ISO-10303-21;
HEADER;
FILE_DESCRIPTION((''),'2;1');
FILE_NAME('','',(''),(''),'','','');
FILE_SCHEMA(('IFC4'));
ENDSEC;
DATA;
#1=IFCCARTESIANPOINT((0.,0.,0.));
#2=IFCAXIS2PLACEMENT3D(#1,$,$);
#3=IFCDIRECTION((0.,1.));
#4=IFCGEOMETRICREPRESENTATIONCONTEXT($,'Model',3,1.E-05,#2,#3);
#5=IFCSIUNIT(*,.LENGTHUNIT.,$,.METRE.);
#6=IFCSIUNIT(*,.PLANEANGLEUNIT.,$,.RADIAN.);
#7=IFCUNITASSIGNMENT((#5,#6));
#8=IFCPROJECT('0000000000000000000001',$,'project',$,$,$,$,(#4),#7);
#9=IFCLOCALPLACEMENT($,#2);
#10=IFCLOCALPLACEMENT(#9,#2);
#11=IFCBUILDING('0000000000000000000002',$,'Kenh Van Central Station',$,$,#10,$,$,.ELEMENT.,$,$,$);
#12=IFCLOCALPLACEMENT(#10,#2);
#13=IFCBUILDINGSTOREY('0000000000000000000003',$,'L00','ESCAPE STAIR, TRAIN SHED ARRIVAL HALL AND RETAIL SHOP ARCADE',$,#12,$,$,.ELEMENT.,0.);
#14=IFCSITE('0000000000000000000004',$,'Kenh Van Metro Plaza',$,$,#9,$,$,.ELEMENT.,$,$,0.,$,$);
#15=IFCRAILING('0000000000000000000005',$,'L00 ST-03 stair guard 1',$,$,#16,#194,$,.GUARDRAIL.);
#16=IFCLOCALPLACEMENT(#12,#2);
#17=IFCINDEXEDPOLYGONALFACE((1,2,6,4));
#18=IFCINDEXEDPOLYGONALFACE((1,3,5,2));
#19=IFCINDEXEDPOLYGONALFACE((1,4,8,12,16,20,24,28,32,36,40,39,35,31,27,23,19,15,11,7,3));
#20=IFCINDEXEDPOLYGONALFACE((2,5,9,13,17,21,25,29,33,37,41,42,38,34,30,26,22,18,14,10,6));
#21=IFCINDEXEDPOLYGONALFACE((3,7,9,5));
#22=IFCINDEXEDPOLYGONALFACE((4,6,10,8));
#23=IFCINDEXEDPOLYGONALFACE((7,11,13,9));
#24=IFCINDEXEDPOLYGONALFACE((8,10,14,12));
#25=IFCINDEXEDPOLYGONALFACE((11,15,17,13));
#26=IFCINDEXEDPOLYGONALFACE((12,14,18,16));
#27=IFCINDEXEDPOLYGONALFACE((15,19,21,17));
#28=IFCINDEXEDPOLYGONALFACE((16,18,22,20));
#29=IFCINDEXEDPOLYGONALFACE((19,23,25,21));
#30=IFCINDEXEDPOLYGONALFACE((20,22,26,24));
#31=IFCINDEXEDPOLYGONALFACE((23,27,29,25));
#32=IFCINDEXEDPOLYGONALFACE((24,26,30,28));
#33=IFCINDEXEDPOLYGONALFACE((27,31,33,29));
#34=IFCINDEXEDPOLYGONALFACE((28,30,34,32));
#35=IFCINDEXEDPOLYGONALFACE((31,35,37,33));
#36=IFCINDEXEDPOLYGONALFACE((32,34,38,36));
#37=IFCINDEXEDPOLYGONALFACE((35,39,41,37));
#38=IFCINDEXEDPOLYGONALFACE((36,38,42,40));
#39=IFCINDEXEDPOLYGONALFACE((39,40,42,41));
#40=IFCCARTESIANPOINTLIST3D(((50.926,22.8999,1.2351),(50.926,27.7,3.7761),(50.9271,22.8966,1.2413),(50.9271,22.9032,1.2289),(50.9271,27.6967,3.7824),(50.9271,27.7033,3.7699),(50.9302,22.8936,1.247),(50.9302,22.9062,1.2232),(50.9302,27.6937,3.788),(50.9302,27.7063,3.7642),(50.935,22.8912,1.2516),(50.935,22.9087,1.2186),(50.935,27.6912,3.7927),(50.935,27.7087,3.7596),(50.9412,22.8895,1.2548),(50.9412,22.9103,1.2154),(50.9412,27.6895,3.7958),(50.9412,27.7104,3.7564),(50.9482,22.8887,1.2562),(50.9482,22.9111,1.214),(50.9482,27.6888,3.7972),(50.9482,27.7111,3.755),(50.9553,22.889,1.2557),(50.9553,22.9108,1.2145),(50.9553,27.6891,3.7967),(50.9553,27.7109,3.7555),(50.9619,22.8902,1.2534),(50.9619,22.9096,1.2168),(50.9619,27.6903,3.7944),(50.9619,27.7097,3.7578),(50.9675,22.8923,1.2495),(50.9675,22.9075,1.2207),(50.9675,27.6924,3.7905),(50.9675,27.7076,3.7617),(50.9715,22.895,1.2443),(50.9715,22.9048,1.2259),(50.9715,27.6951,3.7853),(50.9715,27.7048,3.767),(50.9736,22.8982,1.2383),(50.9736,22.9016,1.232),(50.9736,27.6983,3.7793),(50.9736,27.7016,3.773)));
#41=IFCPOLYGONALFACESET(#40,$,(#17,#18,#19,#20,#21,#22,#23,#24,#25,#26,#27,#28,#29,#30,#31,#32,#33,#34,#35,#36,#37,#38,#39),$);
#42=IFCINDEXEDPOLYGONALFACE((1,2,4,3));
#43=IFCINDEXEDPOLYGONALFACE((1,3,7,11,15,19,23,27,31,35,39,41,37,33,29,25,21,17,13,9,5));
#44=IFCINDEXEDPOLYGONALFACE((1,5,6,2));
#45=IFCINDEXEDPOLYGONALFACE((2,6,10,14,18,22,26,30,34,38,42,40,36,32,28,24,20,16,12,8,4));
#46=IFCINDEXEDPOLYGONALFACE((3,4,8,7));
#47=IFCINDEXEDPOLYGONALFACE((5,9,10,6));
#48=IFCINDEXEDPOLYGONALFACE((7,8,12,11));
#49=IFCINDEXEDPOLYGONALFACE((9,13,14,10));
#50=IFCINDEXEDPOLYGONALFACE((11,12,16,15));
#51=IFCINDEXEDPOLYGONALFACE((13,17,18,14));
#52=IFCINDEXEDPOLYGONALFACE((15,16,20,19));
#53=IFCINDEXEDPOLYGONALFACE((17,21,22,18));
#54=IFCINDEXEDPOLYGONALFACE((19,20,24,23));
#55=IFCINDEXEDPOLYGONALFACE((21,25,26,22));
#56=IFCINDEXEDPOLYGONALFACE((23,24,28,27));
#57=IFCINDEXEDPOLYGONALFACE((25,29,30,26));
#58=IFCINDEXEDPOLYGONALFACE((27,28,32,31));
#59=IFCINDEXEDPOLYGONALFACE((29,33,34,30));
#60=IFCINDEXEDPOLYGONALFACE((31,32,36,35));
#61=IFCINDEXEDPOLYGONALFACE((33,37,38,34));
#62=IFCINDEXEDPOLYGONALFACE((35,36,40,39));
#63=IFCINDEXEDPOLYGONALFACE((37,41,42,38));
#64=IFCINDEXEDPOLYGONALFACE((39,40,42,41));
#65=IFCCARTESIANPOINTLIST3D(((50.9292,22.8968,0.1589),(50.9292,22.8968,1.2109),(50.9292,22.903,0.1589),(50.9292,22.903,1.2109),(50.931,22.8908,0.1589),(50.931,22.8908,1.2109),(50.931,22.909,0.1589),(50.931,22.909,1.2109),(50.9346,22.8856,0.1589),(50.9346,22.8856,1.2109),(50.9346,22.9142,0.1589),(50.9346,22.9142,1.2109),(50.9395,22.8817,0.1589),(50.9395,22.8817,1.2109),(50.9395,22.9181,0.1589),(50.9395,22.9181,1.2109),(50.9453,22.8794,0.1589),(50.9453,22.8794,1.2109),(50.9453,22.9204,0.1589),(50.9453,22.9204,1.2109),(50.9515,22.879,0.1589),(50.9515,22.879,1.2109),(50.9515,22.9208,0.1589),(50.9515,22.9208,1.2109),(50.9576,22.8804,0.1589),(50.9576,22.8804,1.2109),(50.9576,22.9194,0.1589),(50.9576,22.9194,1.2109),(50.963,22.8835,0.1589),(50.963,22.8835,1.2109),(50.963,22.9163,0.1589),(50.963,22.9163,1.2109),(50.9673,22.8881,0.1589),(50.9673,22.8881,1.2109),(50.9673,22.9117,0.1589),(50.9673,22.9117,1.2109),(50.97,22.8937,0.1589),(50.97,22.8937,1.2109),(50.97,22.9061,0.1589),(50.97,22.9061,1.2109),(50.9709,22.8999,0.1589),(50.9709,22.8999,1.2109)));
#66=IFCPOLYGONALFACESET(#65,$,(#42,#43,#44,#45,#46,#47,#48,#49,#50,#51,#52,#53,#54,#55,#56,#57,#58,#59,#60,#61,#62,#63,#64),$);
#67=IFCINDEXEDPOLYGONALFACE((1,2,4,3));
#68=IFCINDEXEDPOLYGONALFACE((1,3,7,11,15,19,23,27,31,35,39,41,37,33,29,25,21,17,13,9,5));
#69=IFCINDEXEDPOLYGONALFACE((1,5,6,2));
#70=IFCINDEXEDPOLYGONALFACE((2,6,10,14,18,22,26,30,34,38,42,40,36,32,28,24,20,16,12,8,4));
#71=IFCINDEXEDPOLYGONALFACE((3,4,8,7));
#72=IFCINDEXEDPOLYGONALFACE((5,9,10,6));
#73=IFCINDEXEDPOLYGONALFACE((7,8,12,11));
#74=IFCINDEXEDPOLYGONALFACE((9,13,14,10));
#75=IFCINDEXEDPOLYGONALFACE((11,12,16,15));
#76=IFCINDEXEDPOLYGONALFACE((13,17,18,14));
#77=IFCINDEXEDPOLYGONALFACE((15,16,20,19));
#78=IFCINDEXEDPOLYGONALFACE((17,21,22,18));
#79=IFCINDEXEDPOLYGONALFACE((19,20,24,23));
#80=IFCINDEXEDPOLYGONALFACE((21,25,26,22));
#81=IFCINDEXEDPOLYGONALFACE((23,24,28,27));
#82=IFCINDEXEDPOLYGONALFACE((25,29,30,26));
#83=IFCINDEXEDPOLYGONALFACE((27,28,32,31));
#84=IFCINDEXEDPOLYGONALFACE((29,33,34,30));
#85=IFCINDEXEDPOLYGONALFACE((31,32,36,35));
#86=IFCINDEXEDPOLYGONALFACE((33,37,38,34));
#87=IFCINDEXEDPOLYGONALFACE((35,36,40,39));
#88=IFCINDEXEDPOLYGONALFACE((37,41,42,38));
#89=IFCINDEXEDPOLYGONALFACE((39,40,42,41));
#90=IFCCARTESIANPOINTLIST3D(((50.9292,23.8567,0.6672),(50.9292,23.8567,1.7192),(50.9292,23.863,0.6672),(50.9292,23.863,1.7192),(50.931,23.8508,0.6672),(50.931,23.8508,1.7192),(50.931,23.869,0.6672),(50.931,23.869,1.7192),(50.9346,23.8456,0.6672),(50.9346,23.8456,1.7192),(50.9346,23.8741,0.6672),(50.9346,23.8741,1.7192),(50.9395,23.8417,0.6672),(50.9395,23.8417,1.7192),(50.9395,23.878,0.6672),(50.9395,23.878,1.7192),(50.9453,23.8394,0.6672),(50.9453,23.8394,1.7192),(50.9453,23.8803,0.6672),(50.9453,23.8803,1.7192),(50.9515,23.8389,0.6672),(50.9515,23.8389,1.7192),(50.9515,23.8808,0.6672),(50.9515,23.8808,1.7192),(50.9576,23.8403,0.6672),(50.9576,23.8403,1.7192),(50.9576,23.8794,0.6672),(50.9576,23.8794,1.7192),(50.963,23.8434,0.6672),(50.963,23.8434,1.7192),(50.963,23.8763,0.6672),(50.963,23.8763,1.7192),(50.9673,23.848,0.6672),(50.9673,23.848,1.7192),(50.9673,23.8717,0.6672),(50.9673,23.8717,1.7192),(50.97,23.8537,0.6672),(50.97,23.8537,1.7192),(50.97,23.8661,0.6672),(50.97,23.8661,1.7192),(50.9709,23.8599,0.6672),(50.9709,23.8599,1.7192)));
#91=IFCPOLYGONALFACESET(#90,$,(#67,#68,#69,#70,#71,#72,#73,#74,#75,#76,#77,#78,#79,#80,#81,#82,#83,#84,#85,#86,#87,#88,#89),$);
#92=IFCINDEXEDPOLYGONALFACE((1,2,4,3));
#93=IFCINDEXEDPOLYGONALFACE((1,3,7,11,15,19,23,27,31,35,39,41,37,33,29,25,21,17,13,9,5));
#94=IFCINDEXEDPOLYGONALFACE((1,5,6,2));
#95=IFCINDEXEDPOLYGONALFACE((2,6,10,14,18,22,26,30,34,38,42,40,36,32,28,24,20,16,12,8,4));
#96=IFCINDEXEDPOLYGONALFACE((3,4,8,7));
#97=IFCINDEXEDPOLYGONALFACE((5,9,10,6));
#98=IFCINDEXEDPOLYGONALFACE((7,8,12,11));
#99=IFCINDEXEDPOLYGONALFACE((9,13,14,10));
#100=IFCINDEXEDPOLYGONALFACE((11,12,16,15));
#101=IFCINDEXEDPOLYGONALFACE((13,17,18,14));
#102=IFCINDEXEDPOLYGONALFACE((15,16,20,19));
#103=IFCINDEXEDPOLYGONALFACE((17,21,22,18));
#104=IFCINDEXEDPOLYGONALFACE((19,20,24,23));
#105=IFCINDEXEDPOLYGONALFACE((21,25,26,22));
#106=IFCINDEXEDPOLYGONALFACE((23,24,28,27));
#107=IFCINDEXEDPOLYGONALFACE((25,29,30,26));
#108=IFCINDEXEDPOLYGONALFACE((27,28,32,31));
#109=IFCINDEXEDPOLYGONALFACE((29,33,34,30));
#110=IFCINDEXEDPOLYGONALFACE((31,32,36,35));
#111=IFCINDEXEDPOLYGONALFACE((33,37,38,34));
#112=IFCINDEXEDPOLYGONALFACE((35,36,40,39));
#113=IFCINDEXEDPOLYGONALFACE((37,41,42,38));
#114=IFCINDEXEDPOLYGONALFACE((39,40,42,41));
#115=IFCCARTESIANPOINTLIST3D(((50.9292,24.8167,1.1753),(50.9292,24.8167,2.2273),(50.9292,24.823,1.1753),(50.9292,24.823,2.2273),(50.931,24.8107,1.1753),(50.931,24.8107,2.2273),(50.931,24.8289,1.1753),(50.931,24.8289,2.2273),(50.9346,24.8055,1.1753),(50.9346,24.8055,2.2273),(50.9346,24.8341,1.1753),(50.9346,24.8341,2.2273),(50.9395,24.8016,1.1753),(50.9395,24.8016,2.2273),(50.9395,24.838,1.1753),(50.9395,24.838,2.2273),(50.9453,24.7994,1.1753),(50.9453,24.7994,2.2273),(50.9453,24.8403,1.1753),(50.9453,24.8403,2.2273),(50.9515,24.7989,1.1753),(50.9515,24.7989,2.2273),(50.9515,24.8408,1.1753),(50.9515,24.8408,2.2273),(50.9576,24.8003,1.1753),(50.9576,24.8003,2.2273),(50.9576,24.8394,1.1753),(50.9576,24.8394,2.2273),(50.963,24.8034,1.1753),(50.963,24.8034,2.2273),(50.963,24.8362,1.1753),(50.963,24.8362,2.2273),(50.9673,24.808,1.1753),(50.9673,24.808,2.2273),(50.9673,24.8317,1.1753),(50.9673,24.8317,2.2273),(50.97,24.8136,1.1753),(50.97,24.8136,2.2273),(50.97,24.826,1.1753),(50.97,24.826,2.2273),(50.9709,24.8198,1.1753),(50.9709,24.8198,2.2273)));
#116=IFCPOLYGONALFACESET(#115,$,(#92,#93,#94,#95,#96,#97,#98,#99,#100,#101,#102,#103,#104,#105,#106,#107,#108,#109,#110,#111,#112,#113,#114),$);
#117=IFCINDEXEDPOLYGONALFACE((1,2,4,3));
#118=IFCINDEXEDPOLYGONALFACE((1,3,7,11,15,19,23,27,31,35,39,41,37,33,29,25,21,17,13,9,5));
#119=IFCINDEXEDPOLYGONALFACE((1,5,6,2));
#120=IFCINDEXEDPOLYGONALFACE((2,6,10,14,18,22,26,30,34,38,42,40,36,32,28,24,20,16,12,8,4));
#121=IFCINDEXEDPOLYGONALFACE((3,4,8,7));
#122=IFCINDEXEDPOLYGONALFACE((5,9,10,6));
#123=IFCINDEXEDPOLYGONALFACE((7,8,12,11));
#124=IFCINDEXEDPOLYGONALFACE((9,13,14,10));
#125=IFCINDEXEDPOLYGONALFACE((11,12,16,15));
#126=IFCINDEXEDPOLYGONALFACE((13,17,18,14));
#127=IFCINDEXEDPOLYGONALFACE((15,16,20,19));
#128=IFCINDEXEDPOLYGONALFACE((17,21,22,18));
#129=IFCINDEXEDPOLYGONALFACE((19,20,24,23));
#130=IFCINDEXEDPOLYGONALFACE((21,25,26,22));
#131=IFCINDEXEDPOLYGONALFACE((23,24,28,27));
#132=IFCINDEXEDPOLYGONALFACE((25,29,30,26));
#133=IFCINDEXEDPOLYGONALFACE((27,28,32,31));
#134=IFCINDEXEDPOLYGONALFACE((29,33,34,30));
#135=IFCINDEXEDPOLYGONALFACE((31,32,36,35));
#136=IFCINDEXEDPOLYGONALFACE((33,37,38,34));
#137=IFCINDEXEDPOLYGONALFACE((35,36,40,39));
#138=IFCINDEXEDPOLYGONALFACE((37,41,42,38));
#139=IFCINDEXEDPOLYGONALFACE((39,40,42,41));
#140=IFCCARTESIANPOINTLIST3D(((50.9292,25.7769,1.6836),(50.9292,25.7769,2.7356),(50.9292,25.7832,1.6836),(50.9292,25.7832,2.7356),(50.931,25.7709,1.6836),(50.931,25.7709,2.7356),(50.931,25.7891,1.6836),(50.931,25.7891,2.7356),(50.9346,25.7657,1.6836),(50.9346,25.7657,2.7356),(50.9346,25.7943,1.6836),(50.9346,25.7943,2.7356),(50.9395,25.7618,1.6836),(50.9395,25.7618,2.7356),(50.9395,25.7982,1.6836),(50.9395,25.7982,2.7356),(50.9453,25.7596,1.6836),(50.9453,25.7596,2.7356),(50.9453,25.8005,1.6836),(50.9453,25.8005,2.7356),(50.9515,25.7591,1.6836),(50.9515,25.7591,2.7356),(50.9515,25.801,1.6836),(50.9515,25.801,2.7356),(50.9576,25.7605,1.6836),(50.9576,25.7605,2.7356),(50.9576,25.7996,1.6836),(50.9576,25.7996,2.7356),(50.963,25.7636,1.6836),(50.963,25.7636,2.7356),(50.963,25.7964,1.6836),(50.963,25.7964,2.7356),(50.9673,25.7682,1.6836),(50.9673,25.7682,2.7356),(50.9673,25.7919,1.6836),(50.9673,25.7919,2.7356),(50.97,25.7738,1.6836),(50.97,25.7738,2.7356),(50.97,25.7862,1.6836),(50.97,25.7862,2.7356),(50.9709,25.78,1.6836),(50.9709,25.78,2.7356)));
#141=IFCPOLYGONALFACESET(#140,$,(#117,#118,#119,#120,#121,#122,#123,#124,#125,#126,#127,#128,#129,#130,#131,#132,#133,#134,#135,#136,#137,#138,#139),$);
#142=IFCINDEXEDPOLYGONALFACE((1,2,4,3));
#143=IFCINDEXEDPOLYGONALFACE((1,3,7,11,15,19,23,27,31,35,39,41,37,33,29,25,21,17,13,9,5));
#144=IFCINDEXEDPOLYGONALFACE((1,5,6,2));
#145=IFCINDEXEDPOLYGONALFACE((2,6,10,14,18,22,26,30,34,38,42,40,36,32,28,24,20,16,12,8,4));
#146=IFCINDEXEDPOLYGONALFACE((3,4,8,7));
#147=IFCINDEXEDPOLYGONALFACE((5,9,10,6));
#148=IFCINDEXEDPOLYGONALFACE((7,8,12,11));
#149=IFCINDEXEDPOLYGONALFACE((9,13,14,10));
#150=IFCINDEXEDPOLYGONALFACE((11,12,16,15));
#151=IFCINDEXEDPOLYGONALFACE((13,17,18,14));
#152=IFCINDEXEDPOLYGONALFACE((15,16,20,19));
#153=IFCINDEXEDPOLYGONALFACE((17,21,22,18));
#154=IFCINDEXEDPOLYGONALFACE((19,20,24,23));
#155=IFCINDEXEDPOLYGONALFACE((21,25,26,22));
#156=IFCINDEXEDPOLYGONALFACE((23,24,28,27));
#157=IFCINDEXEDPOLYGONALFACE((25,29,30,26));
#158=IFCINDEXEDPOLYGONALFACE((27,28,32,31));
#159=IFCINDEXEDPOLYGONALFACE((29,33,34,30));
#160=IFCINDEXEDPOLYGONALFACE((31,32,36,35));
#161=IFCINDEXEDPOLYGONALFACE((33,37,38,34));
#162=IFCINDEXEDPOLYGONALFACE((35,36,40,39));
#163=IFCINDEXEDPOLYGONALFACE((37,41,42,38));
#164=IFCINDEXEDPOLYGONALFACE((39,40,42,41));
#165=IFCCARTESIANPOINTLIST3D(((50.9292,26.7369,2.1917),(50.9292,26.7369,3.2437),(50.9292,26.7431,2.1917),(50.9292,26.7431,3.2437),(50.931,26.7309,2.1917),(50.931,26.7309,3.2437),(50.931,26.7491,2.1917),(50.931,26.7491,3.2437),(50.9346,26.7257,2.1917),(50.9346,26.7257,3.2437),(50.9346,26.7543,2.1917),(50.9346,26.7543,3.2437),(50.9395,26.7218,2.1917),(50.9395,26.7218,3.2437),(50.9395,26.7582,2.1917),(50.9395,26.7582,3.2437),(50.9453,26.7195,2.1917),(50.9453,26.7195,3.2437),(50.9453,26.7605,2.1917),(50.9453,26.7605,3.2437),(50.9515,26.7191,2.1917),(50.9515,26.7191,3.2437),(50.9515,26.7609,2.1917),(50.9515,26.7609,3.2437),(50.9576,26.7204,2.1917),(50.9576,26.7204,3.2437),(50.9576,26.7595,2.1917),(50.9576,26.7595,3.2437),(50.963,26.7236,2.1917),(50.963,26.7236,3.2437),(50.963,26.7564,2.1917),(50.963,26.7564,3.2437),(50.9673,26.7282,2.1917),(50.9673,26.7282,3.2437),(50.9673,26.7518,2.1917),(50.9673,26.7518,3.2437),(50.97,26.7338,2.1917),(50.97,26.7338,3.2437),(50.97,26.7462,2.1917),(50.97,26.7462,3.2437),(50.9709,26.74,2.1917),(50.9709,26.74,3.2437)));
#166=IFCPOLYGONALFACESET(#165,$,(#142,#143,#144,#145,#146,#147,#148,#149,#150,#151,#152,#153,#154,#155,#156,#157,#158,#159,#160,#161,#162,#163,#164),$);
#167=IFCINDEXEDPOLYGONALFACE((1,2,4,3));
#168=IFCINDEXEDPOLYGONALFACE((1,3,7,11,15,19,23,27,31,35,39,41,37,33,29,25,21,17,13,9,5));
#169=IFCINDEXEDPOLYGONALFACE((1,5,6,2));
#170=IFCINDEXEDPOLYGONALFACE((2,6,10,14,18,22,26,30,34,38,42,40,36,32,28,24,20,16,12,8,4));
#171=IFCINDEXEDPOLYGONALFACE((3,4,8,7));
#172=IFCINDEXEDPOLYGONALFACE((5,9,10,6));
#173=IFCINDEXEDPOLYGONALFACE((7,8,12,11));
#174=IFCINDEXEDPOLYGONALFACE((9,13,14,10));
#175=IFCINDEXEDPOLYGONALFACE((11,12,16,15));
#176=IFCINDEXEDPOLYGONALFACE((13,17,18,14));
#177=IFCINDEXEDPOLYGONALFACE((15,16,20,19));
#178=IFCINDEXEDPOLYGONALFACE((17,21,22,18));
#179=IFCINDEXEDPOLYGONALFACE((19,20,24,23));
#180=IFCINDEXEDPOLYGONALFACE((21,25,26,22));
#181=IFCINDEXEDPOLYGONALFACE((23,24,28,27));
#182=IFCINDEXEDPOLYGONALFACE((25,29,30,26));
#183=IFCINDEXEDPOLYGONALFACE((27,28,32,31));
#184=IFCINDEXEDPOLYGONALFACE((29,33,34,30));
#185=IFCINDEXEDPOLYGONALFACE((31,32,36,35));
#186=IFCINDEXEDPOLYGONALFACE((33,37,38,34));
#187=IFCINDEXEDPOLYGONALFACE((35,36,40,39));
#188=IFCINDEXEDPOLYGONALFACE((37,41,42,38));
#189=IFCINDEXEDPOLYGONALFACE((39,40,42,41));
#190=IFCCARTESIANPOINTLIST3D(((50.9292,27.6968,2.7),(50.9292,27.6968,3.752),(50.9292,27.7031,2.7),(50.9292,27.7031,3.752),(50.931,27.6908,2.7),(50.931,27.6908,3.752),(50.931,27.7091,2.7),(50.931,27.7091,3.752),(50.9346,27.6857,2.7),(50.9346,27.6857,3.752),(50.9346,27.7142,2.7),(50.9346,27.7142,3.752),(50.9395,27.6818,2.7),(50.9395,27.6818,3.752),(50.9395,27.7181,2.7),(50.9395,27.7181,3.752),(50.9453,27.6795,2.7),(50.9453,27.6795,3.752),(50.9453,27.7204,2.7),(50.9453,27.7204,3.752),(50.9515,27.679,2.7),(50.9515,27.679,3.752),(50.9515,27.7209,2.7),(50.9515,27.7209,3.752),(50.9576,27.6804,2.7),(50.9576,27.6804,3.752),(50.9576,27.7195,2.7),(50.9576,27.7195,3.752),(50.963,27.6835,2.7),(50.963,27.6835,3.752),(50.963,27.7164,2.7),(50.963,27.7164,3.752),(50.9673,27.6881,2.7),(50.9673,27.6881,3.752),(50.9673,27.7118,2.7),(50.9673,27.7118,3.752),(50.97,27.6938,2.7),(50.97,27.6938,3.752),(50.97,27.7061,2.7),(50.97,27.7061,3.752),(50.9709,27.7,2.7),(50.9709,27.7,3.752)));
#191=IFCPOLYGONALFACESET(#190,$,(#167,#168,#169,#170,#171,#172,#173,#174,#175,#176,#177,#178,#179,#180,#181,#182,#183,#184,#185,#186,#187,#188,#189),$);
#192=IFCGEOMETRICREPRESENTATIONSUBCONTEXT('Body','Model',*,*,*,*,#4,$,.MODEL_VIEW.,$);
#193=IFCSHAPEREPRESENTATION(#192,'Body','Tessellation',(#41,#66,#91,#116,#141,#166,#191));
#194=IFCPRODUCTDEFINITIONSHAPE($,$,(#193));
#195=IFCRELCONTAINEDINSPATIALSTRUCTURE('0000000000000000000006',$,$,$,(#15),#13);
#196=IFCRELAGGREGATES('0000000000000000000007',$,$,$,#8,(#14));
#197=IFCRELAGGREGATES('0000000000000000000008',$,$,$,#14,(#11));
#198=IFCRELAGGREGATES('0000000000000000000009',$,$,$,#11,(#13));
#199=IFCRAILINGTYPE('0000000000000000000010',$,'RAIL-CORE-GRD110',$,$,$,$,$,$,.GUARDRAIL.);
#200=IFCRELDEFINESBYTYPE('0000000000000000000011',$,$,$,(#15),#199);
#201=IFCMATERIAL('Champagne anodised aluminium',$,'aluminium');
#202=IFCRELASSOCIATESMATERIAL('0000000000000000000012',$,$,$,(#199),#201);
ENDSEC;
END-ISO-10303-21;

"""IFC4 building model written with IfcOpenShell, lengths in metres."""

from ifc_helpers import new_model, si_unit, direction, frame, origin, origin_2d, place, context, subcontext, project, spatial, circle, extrude, material, type_object, element, save


model = new_model("IFC4")

# Units and contexts
model_context = context("Model", 3, precision=1e-05, world=origin(), true_north=direction((0.0, 1.0)))
body_context = subcontext(model_context, "Body", "Model", "MODEL_VIEW")
ifc_project = project(units=[si_unit("LENGTHUNIT", "METRE"), si_unit("PLANEANGLEUNIT", "RADIAN")], contexts=[model_context])

# Site, building, storey
site_placement = place(None, origin())
site = spatial("IfcSite", under=ifc_project, at=site_placement, Name="Kenh Van Metro Plaza", CompositionType="ELEMENT", RefElevation=0.0)
building_placement = place(site_placement, origin())
building = spatial("IfcBuilding", under=site, at=building_placement, Name="Kenh Van Central Station", CompositionType="ELEMENT")
storey_placement = place(building_placement, origin())
storey = spatial("IfcBuildingStorey", under=building, at=storey_placement, Name="L00", Description="ESCAPE STAIR, TRAIN SHED ARRIVAL HALL AND RETAIL SHOP ARCADE", CompositionType="ELEMENT", Elevation=0.0)

# Shared definitions
ifc_material_1 = material(Name="Champagne anodised aluminium", Category="aluminium")

# Railing
railing_type = type_object("IfcRailingType", Name="RAIL-CORE-GRD110", PredefinedType="GUARDRAIL", material=ifc_material_1)
railing_1_placement = place(storey_placement, frame((50.95, 22.8999, 0.1589)))
element("IfcRailing", 1, at=railing_1_placement, inside=storey, type_object=railing_type, Name="L00 ST-03 stair guard 1", PredefinedType="GUARDRAIL", context=body_context, shape_type="SweptSolid", body=[
    extrude(circle(Radius=0.0239, at=origin_2d()), frame((0.0, 0.0, 1.0762), z_axis=(0.0, 0.883802, 0.467861), x_axis=(-1.0, 0.0, 0.0)), (0.0, 0.0, 1.0), 5.4312),
    extrude(circle(Radius=0.021, at=origin_2d()), origin(), (0.0, 0.0, 1.0), 1.052),
    extrude(circle(Radius=0.021, at=origin_2d()), frame((0.0, 0.96, 0.5083)), (0.0, 0.0, 1.0), 1.052),
    extrude(circle(Radius=0.021, at=origin_2d()), frame((0.0, 1.9199, 1.0164)), (0.0, 0.0, 1.0), 1.052),
    extrude(circle(Radius=0.021, at=origin_2d()), frame((0.0, 2.8801, 1.5247)), (0.0, 0.0, 1.0), 1.052),
    extrude(circle(Radius=0.021, at=origin_2d()), frame((0.0, 3.8401, 2.0327)), (0.0, 0.0, 1.0), 1.052),
    extrude(circle(Radius=0.021, at=origin_2d()), frame((0.0, 4.8, 2.541)), (0.0, 0.0, 1.0), 1.052),
])

save(model, "model.ifc")
